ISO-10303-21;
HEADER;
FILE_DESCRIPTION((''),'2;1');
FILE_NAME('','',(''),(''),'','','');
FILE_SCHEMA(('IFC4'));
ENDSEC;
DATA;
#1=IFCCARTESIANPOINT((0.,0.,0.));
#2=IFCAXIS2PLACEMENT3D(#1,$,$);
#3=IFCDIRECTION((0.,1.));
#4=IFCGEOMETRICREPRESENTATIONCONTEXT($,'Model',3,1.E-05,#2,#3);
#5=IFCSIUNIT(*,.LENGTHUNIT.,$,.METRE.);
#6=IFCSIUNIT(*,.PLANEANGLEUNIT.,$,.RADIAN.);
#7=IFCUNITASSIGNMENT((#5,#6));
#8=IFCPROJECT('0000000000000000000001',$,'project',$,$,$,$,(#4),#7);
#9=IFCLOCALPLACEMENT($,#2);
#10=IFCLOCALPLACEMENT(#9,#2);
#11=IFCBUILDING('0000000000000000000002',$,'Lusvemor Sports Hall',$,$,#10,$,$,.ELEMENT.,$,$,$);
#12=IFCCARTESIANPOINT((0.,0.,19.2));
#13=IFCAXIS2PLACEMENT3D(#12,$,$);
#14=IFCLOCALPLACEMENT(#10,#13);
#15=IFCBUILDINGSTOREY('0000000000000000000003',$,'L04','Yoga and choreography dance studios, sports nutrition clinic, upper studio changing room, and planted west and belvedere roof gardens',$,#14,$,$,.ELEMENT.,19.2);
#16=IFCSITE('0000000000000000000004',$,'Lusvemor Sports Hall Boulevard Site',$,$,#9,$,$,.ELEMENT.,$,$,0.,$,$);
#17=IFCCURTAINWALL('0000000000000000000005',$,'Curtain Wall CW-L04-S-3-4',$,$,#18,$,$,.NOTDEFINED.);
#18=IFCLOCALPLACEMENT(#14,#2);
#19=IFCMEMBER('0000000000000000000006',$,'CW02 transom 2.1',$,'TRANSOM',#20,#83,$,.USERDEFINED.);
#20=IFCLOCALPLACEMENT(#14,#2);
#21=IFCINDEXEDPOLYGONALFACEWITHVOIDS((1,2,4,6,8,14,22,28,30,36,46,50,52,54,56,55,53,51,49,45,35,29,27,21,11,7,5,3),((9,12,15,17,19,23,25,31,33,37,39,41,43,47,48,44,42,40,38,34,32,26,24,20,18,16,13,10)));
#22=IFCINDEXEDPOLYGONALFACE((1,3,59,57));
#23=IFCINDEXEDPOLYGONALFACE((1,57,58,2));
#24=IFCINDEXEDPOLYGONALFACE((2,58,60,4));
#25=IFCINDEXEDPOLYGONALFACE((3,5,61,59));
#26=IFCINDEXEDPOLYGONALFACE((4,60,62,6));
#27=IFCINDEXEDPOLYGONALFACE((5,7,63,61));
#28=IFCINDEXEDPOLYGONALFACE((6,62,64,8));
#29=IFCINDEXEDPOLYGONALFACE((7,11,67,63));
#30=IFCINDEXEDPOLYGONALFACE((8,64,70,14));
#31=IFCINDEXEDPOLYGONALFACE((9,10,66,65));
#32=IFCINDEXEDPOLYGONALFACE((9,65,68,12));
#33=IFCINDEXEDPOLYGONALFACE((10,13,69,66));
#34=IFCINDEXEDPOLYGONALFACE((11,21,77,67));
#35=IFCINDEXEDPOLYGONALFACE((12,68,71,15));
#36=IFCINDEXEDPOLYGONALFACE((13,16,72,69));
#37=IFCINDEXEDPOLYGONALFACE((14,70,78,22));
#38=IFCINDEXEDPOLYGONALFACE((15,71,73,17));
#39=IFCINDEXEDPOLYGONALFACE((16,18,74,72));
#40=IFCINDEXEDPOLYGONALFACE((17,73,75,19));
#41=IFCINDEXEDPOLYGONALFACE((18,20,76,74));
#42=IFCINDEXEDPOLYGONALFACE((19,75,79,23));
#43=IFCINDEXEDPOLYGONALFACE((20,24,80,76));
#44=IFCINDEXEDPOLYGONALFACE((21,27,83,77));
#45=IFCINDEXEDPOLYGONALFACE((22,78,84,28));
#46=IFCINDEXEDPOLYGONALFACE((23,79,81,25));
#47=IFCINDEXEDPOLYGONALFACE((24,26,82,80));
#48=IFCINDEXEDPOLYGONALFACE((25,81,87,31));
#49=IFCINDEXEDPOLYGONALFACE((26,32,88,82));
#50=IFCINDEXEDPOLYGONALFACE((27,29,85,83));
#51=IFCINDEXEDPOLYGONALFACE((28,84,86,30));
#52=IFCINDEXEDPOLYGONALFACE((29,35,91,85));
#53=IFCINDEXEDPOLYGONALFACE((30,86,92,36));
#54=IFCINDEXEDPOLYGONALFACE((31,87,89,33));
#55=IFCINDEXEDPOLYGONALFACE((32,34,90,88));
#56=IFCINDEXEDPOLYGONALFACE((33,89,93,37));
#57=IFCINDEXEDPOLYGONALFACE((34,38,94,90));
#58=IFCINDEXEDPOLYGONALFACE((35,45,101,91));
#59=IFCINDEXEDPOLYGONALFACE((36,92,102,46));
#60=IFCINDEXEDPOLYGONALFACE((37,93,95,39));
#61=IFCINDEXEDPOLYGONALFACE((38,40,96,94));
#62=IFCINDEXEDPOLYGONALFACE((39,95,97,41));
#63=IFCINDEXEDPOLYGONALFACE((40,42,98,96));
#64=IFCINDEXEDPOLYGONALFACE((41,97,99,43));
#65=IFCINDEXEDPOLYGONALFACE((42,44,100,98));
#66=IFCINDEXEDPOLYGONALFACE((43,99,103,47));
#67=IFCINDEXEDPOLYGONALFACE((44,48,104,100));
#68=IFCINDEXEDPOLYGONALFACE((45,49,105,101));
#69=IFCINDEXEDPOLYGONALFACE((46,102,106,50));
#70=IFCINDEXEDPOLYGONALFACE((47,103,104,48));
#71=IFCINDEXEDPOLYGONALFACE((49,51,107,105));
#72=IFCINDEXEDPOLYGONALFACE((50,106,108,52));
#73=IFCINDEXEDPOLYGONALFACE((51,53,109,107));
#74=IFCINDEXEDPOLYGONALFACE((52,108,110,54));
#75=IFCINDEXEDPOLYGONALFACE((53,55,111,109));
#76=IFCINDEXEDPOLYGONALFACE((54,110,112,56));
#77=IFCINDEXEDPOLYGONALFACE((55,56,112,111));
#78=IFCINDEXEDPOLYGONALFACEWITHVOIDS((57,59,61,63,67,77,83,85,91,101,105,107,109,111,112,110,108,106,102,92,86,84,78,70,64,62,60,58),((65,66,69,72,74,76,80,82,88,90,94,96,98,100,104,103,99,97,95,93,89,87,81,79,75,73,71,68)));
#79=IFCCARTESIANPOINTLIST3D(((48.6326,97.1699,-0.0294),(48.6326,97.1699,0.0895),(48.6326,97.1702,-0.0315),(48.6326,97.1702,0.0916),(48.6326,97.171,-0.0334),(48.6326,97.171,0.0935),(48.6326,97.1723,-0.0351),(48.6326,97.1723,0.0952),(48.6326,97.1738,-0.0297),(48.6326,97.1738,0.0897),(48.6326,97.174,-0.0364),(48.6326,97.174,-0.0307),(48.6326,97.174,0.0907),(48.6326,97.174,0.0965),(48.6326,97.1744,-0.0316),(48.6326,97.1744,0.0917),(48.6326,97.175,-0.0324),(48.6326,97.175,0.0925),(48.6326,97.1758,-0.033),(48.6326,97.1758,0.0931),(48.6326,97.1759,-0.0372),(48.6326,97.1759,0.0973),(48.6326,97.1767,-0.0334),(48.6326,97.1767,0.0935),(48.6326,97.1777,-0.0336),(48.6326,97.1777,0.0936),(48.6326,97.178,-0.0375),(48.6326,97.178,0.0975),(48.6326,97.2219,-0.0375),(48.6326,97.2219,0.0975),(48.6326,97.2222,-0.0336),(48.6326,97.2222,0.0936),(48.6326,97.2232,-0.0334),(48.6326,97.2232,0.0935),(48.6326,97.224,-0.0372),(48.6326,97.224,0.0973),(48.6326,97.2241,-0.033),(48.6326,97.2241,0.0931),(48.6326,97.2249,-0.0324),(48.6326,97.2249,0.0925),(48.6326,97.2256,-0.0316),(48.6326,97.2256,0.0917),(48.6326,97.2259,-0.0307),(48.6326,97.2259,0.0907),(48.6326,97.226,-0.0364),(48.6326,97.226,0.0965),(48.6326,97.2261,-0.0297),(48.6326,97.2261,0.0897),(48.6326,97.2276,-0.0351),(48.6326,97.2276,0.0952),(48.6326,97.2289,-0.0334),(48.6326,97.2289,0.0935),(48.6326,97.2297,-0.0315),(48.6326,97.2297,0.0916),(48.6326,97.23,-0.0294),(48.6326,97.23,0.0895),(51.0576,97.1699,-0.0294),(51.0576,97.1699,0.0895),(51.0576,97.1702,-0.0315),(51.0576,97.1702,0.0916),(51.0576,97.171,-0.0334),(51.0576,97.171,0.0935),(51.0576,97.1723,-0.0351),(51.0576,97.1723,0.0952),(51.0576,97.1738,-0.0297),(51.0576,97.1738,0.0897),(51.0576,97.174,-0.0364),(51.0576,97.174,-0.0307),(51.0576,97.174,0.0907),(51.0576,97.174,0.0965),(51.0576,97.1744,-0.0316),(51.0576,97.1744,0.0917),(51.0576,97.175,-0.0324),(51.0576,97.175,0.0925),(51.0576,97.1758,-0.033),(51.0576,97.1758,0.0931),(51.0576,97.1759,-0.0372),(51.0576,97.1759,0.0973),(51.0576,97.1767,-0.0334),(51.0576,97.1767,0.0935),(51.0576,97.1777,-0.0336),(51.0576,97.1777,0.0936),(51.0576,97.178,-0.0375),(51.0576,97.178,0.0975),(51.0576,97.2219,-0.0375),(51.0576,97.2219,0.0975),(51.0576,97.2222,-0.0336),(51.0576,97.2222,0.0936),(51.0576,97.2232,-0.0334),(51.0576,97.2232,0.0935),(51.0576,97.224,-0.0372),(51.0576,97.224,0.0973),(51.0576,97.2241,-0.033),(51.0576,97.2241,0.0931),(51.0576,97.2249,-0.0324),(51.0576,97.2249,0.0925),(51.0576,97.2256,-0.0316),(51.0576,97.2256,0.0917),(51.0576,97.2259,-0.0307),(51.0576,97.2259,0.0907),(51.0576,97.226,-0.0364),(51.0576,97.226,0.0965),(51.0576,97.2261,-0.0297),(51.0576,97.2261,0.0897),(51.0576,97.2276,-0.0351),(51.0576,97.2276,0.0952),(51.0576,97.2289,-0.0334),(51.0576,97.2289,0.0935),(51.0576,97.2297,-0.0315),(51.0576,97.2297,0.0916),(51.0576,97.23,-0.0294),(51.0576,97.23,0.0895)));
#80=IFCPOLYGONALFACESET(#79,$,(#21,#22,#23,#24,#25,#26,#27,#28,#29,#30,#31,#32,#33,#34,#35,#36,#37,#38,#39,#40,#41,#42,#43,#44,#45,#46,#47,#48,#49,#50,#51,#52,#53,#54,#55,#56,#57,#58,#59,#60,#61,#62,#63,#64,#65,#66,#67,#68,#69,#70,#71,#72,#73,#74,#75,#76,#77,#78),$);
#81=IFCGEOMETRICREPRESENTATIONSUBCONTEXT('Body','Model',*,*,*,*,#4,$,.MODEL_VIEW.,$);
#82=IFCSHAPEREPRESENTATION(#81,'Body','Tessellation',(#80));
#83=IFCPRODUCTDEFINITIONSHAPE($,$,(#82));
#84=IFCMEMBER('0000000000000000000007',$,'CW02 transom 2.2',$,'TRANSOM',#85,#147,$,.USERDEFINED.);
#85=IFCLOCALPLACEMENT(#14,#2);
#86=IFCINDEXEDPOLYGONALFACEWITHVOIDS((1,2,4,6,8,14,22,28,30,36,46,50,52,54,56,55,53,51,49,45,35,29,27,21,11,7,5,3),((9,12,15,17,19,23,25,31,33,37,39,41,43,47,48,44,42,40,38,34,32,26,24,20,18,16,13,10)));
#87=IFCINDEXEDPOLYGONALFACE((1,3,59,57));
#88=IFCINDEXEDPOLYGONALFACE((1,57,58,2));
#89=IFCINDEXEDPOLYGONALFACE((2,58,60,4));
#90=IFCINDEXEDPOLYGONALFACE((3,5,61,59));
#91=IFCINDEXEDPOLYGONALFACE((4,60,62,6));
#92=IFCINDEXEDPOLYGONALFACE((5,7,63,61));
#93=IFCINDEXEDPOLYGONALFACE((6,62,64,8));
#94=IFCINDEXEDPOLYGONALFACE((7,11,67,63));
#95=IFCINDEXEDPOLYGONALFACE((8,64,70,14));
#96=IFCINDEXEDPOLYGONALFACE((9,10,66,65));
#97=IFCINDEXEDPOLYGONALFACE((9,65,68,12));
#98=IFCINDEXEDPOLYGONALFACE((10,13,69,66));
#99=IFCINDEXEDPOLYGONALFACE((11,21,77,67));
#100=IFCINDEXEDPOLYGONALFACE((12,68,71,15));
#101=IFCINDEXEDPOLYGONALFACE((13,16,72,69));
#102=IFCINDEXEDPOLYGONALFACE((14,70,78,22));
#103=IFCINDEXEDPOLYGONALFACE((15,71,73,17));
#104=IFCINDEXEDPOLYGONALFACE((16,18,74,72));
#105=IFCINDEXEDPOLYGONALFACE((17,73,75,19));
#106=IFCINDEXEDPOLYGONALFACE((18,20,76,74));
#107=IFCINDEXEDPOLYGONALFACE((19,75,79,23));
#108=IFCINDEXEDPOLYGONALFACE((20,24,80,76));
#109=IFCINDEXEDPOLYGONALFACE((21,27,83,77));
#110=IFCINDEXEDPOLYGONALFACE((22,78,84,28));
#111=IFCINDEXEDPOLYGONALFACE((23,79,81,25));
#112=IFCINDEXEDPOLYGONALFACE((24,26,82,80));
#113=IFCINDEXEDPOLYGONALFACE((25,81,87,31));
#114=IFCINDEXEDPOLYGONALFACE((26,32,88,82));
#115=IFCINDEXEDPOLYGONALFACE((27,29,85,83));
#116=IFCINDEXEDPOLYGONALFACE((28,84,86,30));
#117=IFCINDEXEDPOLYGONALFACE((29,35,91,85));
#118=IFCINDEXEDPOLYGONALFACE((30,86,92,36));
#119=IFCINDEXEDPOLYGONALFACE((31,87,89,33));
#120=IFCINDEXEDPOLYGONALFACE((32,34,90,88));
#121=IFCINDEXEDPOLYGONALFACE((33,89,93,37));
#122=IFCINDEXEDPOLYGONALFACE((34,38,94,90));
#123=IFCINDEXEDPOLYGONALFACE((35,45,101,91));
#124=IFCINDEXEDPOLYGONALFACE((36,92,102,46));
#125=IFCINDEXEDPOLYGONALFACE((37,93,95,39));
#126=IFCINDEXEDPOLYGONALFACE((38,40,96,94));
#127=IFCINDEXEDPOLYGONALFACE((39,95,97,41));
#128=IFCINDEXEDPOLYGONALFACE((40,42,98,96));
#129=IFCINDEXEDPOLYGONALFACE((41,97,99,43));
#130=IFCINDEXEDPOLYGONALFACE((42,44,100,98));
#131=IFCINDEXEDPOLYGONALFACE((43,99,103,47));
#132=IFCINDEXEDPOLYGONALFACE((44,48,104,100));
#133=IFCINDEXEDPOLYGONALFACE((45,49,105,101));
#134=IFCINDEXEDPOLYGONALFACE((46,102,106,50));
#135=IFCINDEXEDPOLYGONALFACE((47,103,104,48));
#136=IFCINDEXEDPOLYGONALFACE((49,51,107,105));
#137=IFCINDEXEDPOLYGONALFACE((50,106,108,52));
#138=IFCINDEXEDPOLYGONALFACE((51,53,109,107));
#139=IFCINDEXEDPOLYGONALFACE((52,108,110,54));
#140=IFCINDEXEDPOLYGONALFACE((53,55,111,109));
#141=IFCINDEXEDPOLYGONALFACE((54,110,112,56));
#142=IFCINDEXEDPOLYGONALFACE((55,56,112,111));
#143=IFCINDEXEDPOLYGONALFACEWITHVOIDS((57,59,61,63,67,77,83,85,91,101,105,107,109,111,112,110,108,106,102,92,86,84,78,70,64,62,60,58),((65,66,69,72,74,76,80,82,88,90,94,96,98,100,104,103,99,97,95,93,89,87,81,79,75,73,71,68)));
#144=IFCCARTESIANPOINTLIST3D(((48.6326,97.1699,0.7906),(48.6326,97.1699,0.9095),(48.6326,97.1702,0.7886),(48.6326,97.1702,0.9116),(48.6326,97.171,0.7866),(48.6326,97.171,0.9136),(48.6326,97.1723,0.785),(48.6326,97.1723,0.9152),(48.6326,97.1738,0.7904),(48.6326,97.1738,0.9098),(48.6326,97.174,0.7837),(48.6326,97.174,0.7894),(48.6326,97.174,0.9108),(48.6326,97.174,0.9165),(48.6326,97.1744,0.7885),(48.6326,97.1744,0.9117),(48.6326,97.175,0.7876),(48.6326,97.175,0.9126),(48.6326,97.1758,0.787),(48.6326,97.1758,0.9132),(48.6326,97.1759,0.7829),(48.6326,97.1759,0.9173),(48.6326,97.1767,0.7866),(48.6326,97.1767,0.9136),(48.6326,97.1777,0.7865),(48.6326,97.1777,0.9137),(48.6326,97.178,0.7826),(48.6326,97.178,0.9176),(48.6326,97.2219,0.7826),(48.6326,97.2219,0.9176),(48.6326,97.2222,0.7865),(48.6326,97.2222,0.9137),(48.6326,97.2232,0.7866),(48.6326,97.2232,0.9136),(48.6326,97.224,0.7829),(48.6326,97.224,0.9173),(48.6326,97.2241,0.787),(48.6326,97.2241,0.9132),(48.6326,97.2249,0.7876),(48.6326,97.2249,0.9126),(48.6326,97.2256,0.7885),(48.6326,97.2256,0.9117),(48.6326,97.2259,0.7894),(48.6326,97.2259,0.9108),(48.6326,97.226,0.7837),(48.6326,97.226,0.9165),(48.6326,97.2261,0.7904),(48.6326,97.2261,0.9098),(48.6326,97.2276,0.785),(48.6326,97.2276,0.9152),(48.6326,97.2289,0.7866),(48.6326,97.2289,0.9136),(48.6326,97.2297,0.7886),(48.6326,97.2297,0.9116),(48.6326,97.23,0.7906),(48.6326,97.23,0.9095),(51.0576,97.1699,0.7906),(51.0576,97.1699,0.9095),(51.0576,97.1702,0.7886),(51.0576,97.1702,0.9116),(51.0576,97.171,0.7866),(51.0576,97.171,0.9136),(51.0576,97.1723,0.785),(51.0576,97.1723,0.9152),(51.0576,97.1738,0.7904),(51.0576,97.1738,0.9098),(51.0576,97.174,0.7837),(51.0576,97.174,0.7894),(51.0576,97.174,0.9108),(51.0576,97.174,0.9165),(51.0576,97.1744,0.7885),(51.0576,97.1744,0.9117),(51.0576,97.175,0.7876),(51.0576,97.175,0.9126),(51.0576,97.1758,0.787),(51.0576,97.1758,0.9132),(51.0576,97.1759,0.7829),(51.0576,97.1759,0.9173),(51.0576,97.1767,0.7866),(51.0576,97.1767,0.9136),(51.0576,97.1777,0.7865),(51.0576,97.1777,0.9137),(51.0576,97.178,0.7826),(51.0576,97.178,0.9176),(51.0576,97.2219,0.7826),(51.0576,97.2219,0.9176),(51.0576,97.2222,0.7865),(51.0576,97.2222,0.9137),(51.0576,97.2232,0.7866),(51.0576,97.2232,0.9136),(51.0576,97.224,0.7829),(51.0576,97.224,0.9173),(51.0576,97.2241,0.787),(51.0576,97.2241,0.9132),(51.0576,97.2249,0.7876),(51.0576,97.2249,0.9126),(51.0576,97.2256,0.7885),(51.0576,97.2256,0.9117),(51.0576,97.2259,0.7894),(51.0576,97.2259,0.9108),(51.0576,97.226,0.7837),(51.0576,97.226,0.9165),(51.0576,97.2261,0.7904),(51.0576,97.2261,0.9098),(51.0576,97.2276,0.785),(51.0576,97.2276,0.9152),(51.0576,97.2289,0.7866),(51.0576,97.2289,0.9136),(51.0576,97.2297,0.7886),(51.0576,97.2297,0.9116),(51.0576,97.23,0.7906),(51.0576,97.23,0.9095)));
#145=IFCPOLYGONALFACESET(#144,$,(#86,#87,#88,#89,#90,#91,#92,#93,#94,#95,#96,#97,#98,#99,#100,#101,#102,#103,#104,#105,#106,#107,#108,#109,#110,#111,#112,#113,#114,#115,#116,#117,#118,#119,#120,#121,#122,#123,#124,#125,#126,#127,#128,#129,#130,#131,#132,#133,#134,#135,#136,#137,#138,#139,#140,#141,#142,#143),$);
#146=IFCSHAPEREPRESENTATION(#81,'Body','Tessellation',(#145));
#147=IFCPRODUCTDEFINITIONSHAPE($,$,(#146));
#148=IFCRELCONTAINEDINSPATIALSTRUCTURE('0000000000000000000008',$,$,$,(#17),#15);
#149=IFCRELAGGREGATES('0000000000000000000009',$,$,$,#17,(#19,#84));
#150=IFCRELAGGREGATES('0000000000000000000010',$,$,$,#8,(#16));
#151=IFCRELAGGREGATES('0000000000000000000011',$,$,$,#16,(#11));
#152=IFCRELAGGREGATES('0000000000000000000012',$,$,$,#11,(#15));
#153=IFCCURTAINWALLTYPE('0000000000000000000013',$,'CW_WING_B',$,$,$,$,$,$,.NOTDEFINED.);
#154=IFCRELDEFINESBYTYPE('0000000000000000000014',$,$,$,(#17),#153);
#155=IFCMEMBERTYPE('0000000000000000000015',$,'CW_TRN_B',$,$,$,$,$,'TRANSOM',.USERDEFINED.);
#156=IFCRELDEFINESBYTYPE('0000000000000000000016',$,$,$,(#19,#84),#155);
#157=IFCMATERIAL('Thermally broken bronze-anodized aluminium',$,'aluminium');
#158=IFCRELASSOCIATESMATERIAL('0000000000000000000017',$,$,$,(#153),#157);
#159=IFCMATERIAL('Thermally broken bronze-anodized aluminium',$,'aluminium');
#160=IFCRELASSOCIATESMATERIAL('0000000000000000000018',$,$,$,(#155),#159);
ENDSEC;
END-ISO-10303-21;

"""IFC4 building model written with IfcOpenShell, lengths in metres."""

from ifc_helpers import new_model, si_unit, direction, frame, origin, origin_2d, place, context, subcontext, project, spatial, hollow_rectangle, extrude, material, material_profile, profile_set, type_object, element, aggregate, save


model = new_model("IFC4")

# Units and contexts
model_context = context("Model", 3, precision=1e-05, world=origin(), true_north=direction((0.0, 1.0)))
body_context = subcontext(model_context, "Body", "Model", "MODEL_VIEW")
ifc_project = project(units=[si_unit("LENGTHUNIT", "METRE"), si_unit("PLANEANGLEUNIT", "RADIAN")], contexts=[model_context])

# Site, building, storey
site_placement = place(None, origin())
site = spatial("IfcSite", under=ifc_project, at=site_placement, Name="Lusvemor Sports Hall Boulevard Site", CompositionType="ELEMENT", RefElevation=0.0)
building_placement = place(site_placement, origin())
building = spatial("IfcBuilding", under=site, at=building_placement, Name="Lusvemor Sports Hall", CompositionType="ELEMENT")
storey_placement = place(building_placement, frame((0.0, 0.0, 19.2)))
storey = spatial("IfcBuildingStorey", under=building, at=storey_placement, Name="L04", Description="Yoga and choreography dance studios, sports nutrition clinic, upper studio changing room, and planted west and belvedere roof gardens", CompositionType="ELEMENT", Elevation=19.2)

# Shared definitions
ifc_material_1 = material(Name="Thermally broken bronze-anodized aluminium", Category="aluminium")
curtain_wall_type = type_object("IfcCurtainWallType", Name="CW_WING_B", PredefinedType="NOTDEFINED", material=ifc_material_1)

# Curtain wall
curtain_wall_1_placement = place(storey_placement, origin())
curtain_wall_1 = element("IfcCurtainWall", 1, at=curtain_wall_1_placement, inside=storey, type_object=curtain_wall_type, Name="Curtain Wall CW-L04-S-3-4", PredefinedType="NOTDEFINED")

# Members
ifc_material_2 = material(Name="Thermally broken bronze-anodized aluminium", Category="aluminium")
ifc_material_profile_1 = material_profile(ifc_material_2, hollow_rectangle(XDim=0.0601, YDim=0.135, WallThickness=0.0039, InnerFilletRadius=0.0039, OuterFilletRadius=0.0081, at=origin_2d()), Name="CWTRN135x60x4")
ifc_profile_set_1 = profile_set([ifc_material_profile_1], Name="Thermally broken bronze-anodized aluminium")
member_type_1 = type_object("IfcMemberType", Name="CW_TRN_B", ElementType="TRANSOM", PredefinedType="USERDEFINED", material=ifc_profile_set_1)
member_1_placement = place(storey_placement, frame((51.0576, 97.2, 0.03), z_axis=(-1.0, 0.0, 0.0), x_axis=(0.0, -1.0, 0.0)))
member_1 = element("IfcMember", 2, at=member_1_placement, type_object=member_type_1, Name="CW02 transom 2.1", ObjectType="TRANSOM", PredefinedType="USERDEFINED", context=body_context, shape_type="SweptSolid", body=[
    extrude(hollow_rectangle(XDim=0.0601, YDim=0.135, WallThickness=0.0039, InnerFilletRadius=0.0039, OuterFilletRadius=0.0081, at=origin_2d()), origin(), (0.0, 0.0, 1.0), 2.425),
])
member_2_placement = place(storey_placement, frame((51.0576, 97.2, 0.8501), z_axis=(-1.0, 0.0, 0.0), x_axis=(0.0, -1.0, 0.0)))
member_2 = element("IfcMember", 3, at=member_2_placement, type_object=member_type_1, Name="CW02 transom 2.2", ObjectType="TRANSOM", PredefinedType="USERDEFINED", context=body_context, shape_type="SweptSolid", body=[
    extrude(hollow_rectangle(XDim=0.0601, YDim=0.135, WallThickness=0.0039, InnerFilletRadius=0.0039, OuterFilletRadius=0.0081, at=origin_2d()), origin(), (0.0, 0.0, 1.0), 2.425),
])

aggregate(curtain_wall_1, [member_1, member_2])

save(model, "model.ifc")
